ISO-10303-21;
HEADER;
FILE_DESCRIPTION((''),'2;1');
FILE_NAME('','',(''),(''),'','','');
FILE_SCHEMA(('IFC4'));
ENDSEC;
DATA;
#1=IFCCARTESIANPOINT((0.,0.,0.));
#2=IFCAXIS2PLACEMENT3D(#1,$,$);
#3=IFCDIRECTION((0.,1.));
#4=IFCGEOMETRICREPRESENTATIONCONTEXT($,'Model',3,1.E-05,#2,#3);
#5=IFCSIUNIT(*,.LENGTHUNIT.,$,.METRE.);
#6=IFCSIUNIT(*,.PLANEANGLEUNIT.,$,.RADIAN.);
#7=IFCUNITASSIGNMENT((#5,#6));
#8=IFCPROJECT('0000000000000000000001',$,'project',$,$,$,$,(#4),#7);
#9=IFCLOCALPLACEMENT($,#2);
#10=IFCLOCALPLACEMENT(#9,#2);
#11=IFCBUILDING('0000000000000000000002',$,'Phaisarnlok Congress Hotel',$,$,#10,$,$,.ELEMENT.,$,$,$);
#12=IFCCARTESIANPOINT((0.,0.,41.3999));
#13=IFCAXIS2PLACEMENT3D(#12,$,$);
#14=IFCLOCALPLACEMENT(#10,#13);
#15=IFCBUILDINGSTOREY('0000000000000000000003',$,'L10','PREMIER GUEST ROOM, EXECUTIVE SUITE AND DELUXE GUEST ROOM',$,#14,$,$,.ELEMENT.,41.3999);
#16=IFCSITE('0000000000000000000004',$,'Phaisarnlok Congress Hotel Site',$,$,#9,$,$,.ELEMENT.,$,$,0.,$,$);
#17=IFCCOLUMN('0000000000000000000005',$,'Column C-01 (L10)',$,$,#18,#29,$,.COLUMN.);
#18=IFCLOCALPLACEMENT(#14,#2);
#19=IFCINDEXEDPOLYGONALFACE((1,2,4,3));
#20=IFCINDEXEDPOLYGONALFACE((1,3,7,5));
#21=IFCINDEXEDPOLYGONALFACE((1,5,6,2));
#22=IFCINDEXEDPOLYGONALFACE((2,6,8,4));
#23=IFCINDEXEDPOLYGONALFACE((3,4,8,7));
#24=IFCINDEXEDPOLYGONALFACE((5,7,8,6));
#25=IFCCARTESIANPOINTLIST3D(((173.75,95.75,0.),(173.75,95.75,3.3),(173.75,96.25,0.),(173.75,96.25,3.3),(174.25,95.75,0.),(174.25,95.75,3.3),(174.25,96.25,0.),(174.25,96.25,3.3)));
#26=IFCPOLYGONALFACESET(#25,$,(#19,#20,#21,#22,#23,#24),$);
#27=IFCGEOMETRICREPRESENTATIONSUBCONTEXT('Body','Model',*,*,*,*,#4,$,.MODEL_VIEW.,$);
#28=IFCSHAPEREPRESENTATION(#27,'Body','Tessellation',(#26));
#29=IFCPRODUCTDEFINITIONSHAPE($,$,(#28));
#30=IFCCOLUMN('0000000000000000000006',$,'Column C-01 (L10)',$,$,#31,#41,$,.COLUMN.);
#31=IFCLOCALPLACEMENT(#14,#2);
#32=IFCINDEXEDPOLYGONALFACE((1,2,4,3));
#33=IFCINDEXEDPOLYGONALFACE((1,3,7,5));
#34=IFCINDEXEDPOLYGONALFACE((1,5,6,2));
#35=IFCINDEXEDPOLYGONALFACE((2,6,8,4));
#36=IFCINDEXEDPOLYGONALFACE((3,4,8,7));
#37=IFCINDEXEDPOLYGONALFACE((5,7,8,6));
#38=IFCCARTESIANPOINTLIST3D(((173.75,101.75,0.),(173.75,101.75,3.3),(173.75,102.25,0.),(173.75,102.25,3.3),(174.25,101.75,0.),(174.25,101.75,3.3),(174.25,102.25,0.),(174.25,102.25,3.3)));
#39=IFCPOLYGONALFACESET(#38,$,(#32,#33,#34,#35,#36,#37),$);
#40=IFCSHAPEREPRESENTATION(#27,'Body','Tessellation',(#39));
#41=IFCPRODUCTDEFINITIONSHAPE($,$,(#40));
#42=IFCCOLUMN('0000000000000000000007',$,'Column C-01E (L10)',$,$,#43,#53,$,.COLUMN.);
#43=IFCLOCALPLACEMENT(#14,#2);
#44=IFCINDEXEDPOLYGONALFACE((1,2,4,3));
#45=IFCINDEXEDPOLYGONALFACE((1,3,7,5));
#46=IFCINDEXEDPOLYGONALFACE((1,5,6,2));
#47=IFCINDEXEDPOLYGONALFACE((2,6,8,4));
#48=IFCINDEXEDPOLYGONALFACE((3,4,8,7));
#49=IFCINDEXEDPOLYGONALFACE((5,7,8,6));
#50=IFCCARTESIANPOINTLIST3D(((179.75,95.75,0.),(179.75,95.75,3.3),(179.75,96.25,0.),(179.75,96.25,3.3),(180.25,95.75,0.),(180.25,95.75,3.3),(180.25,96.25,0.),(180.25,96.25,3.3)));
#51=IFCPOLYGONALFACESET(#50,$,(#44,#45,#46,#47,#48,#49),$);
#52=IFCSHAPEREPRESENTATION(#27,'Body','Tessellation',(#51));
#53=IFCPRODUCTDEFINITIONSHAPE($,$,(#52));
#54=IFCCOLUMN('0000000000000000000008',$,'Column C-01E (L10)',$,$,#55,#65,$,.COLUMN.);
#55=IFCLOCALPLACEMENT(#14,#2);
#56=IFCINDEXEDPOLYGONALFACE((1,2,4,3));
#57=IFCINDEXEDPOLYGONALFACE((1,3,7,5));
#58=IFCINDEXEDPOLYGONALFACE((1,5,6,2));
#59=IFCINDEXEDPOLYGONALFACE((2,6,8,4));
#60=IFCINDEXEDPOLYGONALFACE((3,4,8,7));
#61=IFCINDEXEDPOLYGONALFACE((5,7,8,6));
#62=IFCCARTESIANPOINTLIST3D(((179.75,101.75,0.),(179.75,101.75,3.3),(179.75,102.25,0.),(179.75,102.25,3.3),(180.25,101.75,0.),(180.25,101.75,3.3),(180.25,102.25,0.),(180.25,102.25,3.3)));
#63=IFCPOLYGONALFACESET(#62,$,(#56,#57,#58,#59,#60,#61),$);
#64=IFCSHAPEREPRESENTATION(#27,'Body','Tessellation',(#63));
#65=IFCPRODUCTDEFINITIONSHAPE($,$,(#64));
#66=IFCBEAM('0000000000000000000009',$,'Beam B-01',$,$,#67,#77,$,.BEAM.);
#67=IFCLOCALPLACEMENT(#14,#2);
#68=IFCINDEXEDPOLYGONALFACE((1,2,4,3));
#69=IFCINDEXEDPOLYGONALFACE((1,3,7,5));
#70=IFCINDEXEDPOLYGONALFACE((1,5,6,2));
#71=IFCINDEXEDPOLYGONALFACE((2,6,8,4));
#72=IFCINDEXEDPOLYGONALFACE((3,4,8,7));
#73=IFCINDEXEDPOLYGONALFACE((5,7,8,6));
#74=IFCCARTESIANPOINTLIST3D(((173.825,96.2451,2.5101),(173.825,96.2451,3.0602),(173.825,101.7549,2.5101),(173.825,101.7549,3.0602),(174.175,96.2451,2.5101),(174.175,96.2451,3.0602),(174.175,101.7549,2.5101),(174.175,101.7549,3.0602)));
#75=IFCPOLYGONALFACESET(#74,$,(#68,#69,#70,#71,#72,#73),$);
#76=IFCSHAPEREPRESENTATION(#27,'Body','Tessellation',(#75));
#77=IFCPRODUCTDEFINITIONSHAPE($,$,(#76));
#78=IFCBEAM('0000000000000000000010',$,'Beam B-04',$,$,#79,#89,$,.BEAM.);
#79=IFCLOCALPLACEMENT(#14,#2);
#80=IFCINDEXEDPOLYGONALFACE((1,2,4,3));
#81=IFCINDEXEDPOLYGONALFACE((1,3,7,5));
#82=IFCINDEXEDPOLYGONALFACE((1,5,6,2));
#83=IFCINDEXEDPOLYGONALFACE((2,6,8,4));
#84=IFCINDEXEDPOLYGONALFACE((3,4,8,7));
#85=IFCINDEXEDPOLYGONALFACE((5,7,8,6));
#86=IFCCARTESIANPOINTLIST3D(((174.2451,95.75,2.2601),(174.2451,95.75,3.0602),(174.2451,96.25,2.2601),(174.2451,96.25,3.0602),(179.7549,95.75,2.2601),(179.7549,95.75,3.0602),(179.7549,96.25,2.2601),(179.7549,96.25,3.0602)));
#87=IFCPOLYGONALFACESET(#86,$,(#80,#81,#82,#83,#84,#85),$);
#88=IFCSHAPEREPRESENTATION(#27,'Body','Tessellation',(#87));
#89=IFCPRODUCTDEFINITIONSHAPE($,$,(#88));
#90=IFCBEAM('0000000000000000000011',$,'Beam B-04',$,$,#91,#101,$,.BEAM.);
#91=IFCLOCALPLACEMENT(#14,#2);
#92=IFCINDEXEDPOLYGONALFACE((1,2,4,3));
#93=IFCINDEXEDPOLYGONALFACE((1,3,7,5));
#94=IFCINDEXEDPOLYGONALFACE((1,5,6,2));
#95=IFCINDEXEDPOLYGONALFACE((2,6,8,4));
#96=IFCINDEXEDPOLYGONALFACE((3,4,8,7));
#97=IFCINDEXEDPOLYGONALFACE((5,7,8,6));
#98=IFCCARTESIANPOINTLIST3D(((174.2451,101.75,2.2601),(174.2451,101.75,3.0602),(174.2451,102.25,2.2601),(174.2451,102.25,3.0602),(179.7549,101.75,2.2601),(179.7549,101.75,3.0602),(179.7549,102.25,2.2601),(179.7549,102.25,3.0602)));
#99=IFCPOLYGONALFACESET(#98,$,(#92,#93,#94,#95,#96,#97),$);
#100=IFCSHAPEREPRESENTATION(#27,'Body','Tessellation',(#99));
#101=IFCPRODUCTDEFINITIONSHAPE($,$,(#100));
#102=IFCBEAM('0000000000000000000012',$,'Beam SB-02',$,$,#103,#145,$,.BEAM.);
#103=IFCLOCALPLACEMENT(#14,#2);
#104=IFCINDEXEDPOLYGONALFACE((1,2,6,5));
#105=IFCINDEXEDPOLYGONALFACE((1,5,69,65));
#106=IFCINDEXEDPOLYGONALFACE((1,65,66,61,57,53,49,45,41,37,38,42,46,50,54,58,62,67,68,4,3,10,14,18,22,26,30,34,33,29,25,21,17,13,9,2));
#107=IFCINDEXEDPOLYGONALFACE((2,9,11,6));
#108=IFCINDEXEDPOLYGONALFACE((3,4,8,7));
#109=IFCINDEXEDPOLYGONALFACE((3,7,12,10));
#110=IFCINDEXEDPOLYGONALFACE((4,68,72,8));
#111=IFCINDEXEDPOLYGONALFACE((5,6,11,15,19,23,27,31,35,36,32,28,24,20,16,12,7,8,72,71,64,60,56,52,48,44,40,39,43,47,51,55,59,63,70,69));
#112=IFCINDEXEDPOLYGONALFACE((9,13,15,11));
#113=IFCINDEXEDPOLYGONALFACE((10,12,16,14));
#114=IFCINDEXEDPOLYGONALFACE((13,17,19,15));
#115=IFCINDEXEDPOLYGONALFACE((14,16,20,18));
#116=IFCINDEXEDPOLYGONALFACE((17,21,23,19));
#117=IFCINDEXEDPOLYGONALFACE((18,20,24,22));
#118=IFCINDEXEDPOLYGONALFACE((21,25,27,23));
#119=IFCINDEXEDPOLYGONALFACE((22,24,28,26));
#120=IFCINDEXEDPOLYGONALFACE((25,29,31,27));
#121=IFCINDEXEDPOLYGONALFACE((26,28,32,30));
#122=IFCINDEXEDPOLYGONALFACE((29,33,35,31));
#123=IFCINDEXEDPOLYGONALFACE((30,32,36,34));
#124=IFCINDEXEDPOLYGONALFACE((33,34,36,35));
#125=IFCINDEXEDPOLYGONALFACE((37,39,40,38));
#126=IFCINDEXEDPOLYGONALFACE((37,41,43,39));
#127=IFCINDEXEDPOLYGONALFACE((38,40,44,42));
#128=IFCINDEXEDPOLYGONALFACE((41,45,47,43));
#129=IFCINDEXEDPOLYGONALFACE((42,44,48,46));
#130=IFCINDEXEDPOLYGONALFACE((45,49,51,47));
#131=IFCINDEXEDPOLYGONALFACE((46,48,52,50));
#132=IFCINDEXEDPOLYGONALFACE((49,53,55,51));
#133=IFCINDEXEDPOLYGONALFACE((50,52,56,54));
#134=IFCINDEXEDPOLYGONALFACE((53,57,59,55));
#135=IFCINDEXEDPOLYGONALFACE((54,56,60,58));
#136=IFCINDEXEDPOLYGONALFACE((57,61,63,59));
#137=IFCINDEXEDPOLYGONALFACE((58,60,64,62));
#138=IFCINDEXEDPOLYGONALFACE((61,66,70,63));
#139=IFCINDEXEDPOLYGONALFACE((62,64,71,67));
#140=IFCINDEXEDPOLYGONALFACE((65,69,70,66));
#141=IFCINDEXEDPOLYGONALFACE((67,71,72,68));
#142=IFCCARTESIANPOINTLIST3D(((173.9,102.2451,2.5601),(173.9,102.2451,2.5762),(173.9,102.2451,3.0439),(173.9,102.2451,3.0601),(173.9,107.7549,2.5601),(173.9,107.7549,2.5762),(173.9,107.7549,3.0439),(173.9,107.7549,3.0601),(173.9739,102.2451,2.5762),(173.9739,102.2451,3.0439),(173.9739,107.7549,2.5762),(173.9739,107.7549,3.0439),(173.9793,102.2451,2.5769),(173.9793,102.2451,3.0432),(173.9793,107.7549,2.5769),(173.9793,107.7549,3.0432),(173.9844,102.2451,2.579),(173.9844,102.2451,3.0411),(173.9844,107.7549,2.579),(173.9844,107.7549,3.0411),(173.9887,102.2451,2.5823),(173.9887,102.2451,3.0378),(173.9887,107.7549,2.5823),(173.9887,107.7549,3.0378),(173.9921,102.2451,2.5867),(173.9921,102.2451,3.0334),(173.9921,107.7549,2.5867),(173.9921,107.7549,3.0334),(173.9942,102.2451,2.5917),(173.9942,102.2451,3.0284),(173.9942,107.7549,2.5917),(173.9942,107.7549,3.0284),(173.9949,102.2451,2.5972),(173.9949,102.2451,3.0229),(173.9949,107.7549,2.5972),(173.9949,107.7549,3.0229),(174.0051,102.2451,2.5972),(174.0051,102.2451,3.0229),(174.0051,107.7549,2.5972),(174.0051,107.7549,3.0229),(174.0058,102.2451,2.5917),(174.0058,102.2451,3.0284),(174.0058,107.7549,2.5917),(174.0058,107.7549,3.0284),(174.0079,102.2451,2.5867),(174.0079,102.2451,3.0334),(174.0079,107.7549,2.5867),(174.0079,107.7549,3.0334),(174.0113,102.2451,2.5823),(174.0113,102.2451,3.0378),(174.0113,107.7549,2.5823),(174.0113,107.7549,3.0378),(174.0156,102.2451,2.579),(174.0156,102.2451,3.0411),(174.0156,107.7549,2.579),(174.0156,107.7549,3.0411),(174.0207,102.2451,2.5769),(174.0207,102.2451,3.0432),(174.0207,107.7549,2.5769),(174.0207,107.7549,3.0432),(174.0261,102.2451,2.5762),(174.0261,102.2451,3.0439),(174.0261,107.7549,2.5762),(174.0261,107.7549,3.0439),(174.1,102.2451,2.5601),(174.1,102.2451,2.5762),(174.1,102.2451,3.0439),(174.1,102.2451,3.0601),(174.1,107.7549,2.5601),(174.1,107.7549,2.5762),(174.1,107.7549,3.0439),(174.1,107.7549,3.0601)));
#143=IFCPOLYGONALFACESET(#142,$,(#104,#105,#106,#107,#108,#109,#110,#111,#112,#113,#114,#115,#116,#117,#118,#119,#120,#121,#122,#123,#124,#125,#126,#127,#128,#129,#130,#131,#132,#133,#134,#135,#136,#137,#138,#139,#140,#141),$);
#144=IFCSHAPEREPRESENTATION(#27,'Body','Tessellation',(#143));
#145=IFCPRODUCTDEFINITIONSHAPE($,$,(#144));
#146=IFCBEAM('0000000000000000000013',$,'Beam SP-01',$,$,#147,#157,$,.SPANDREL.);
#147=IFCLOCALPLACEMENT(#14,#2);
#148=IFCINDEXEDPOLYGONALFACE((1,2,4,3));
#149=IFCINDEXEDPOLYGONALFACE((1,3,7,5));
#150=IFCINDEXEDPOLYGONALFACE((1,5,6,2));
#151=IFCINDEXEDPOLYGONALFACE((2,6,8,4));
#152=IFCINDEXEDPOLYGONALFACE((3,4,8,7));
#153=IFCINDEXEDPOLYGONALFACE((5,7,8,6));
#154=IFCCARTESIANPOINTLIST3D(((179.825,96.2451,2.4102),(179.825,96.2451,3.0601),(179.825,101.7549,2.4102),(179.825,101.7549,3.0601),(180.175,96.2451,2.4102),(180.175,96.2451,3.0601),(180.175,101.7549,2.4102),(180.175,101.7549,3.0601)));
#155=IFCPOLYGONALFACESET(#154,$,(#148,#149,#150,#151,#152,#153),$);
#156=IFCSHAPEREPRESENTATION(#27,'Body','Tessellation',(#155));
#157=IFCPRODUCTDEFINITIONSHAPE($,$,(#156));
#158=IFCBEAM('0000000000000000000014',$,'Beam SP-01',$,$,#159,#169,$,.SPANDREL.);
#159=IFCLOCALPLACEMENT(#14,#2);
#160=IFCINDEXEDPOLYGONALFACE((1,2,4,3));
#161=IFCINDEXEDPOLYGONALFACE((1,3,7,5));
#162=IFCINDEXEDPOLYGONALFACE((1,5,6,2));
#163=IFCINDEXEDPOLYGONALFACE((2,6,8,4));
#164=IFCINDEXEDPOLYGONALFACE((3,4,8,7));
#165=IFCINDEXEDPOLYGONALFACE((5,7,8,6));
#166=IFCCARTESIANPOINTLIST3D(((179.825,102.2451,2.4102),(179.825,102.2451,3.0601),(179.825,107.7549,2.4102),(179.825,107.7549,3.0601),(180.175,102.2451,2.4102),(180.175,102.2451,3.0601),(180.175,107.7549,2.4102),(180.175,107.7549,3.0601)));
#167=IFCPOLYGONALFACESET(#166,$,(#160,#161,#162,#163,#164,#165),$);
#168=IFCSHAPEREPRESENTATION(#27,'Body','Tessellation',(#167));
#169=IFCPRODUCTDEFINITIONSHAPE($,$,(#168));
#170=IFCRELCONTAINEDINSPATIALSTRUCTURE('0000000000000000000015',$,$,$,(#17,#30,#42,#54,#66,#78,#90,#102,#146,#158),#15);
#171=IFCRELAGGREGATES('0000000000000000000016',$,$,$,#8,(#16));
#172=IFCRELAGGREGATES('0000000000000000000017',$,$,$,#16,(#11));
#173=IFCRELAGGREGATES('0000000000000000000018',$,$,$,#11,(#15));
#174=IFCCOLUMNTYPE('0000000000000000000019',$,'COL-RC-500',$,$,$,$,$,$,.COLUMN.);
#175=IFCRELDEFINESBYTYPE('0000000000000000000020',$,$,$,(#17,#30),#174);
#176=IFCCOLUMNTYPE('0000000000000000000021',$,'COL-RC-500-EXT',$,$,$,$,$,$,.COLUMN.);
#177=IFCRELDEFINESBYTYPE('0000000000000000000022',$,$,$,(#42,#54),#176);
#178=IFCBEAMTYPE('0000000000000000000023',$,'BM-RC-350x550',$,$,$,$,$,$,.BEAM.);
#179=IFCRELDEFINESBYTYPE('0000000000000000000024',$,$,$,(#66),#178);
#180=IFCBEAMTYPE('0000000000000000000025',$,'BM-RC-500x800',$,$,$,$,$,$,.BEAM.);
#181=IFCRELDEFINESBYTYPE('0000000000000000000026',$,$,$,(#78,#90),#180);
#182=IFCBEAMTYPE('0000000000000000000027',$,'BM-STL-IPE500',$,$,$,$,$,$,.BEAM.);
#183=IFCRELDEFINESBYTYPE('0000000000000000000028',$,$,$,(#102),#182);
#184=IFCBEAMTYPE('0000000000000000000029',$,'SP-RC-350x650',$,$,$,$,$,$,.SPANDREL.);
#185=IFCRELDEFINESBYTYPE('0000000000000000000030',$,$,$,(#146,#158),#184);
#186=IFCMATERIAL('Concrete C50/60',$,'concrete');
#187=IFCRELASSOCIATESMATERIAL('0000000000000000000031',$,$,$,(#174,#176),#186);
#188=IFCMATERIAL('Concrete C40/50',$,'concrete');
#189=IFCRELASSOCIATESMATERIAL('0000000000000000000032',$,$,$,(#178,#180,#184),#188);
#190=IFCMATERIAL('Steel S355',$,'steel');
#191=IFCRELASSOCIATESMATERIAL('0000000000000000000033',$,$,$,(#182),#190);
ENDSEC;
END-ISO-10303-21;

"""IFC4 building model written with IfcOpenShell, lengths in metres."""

from ifc_helpers import new_model, si_unit, direction, frame, origin, origin_2d, place, context, subcontext, project, spatial, rectangle, i_section, extrude, material, material_profile, profile_set, type_object, element, save


model = new_model("IFC4")

# Units and contexts
model_context = context("Model", 3, precision=1e-05, world=origin(), true_north=direction((0.0, 1.0)))
body_context = subcontext(model_context, "Body", "Model", "MODEL_VIEW")
ifc_project = project(units=[si_unit("LENGTHUNIT", "METRE"), si_unit("PLANEANGLEUNIT", "RADIAN")], contexts=[model_context])

# Site, building, storey
site_placement = place(None, origin())
site = spatial("IfcSite", under=ifc_project, at=site_placement, Name="Phaisarnlok Congress Hotel Site", CompositionType="ELEMENT", RefElevation=0.0)
building_placement = place(site_placement, origin())
building = spatial("IfcBuilding", under=site, at=building_placement, Name="Phaisarnlok Congress Hotel", CompositionType="ELEMENT")
storey_placement = place(building_placement, frame((0.0, 0.0, 41.3999)))
storey = spatial("IfcBuildingStorey", under=building, at=storey_placement, Name="L10", Description="PREMIER GUEST ROOM, EXECUTIVE SUITE AND DELUXE GUEST ROOM", CompositionType="ELEMENT", Elevation=41.3999)

# Columns
ifc_material_1 = material(Name="Concrete C50/60", Category="concrete")
ifc_material_profile_1 = material_profile(ifc_material_1, rectangle(XDim=0.5, YDim=0.5, at=origin_2d()), Name="RC 500x500")
ifc_profile_set_1 = profile_set([ifc_material_profile_1], Name="Concrete C50/60")
column_type_1 = type_object("IfcColumnType", Name="COL-RC-500", PredefinedType="COLUMN", material=ifc_profile_set_1)
for number, where, z_axis, x_axis, name in (
    (1, (174.0, 96.0, 0.0), (0.0, 0.0, 1.0), (1.0, 0.0, 0.0), "Column C-01 (L10)"),
    (2, (174.0, 102.0, 0.0), (0.0, 0.0, 1.0), (1.0, 0.0, 0.0), "Column C-01 (L10)"),
):
    element("IfcColumn", number, at=place(storey_placement, frame(where, z_axis=z_axis, x_axis=x_axis)), inside=storey, type_object=column_type_1, Name=name, PredefinedType="COLUMN", context=body_context, shape_type="SweptSolid", body=[
        extrude(rectangle(XDim=0.5, YDim=0.5, at=origin_2d()), origin(), (0.0, 0.0, 1.0), 3.3),
    ])
ifc_material_profile_2 = material_profile(ifc_material_1, rectangle(XDim=0.5, YDim=0.5, at=origin_2d()), Name="RC 500x500")
ifc_profile_set_2 = profile_set([ifc_material_profile_2], Name="Concrete C50/60")
column_type_2 = type_object("IfcColumnType", Name="COL-RC-500-EXT", PredefinedType="COLUMN", material=ifc_profile_set_2)
for number, where, z_axis, x_axis, name in (
    (3, (180.0, 96.0, 0.0), (0.0, 0.0, 1.0), (1.0, 0.0, 0.0), "Column C-01E (L10)"),
    (4, (180.0, 102.0, 0.0), (0.0, 0.0, 1.0), (1.0, 0.0, 0.0), "Column C-01E (L10)"),
):
    element("IfcColumn", number, at=place(storey_placement, frame(where, z_axis=z_axis, x_axis=x_axis)), inside=storey, type_object=column_type_2, Name=name, PredefinedType="COLUMN", context=body_context, shape_type="SweptSolid", body=[
        extrude(rectangle(XDim=0.5, YDim=0.5, at=origin_2d()), origin(), (0.0, 0.0, 1.0), 3.3),
    ])

# Beams
ifc_material_2 = material(Name="Concrete C40/50", Category="concrete")
ifc_material_profile_3 = material_profile(ifc_material_2, rectangle(XDim=0.3501, YDim=0.55, at=origin_2d()), Name="RC 350x550")
ifc_profile_set_3 = profile_set([ifc_material_profile_3], Name="Concrete C40/50")
beam_type_1 = type_object("IfcBeamType", Name="BM-RC-350x550", PredefinedType="BEAM", material=ifc_profile_set_3)
beam_1_placement = place(storey_placement, frame((174.0, 96.2451, 2.7852), z_axis=(0.0, 1.0, 0.0), x_axis=(-1.0, 0.0, 0.0)))
element("IfcBeam", 5, at=beam_1_placement, inside=storey, type_object=beam_type_1, Name="Beam B-01", PredefinedType="BEAM", context=body_context, shape_type="SweptSolid", body=[
    extrude(rectangle(XDim=0.3501, YDim=0.55, at=origin_2d()), origin(), (0.0, 0.0, 1.0), 5.5098),
])
ifc_material_profile_4 = material_profile(ifc_material_2, rectangle(XDim=0.5, YDim=0.8, at=origin_2d()), Name="RC 500x800")
ifc_profile_set_4 = profile_set([ifc_material_profile_4], Name="Concrete C40/50")
beam_type_2 = type_object("IfcBeamType", Name="BM-RC-500x800", PredefinedType="BEAM", material=ifc_profile_set_4)
for number, where, z_axis, x_axis, name in (
    (6, (174.2451, 96.0, 2.6602), (1.0, 0.0, 0.0), (0.0, 1.0, 0.0), "Beam B-04"),
    (7, (174.2451, 102.0, 2.6602), (1.0, 0.0, 0.0), (0.0, 1.0, 0.0), "Beam B-04"),
):
    element("IfcBeam", number, at=place(storey_placement, frame(where, z_axis=z_axis, x_axis=x_axis)), inside=storey, type_object=beam_type_2, Name=name, PredefinedType="BEAM", context=body_context, shape_type="SweptSolid", body=[
        extrude(rectangle(XDim=0.5, YDim=0.8, at=origin_2d()), origin(), (0.0, 0.0, 1.0), 5.5098),
    ])
ifc_material_3 = material(Name="Steel S355", Category="steel")
ifc_material_profile_5 = material_profile(ifc_material_3, i_section(OverallWidth=0.2, OverallDepth=0.5, WebThickness=0.0103, FlangeThickness=0.0161, FilletRadius=0.021, at=origin_2d()), Name="IPE 500")
ifc_profile_set_5 = profile_set([ifc_material_profile_5], Name="Steel S355")
beam_type_3 = type_object("IfcBeamType", Name="BM-STL-IPE500", PredefinedType="BEAM", material=ifc_profile_set_5)
beam_2_placement = place(storey_placement, frame((174.0, 102.2451, 2.8101), z_axis=(0.0, 1.0, 0.0), x_axis=(-1.0, 0.0, 0.0)))
element("IfcBeam", 8, at=beam_2_placement, inside=storey, type_object=beam_type_3, Name="Beam SB-02", PredefinedType="BEAM", context=body_context, shape_type="SweptSolid", body=[
    extrude(i_section(OverallWidth=0.2, OverallDepth=0.5, WebThickness=0.0103, FlangeThickness=0.0161, FilletRadius=0.021, at=origin_2d()), origin(), (0.0, 0.0, 1.0), 5.5098),
])
ifc_material_profile_6 = material_profile(ifc_material_2, rectangle(XDim=0.3501, YDim=0.6499, at=origin_2d()), Name="RC 350x650")
ifc_profile_set_6 = profile_set([ifc_material_profile_6], Name="Concrete C40/50")
beam_type_4 = type_object("IfcBeamType", Name="SP-RC-350x650", PredefinedType="SPANDREL", material=ifc_profile_set_6)
for number, where, z_axis, x_axis, name in (
    (9, (180.0, 96.2451, 2.7351), (0.0, 1.0, 0.0), (-1.0, 0.0, 0.0), "Beam SP-01"),
    (10, (180.0, 102.2451, 2.7351), (0.0, 1.0, 0.0), (-1.0, 0.0, 0.0), "Beam SP-01"),
):
    element("IfcBeam", number, at=place(storey_placement, frame(where, z_axis=z_axis, x_axis=x_axis)), inside=storey, type_object=beam_type_4, Name=name, PredefinedType="SPANDREL", context=body_context, shape_type="SweptSolid", body=[
        extrude(rectangle(XDim=0.3501, YDim=0.6499, at=origin_2d()), origin(), (0.0, 0.0, 1.0), 5.5098),
    ])

save(model, "model.ifc")
